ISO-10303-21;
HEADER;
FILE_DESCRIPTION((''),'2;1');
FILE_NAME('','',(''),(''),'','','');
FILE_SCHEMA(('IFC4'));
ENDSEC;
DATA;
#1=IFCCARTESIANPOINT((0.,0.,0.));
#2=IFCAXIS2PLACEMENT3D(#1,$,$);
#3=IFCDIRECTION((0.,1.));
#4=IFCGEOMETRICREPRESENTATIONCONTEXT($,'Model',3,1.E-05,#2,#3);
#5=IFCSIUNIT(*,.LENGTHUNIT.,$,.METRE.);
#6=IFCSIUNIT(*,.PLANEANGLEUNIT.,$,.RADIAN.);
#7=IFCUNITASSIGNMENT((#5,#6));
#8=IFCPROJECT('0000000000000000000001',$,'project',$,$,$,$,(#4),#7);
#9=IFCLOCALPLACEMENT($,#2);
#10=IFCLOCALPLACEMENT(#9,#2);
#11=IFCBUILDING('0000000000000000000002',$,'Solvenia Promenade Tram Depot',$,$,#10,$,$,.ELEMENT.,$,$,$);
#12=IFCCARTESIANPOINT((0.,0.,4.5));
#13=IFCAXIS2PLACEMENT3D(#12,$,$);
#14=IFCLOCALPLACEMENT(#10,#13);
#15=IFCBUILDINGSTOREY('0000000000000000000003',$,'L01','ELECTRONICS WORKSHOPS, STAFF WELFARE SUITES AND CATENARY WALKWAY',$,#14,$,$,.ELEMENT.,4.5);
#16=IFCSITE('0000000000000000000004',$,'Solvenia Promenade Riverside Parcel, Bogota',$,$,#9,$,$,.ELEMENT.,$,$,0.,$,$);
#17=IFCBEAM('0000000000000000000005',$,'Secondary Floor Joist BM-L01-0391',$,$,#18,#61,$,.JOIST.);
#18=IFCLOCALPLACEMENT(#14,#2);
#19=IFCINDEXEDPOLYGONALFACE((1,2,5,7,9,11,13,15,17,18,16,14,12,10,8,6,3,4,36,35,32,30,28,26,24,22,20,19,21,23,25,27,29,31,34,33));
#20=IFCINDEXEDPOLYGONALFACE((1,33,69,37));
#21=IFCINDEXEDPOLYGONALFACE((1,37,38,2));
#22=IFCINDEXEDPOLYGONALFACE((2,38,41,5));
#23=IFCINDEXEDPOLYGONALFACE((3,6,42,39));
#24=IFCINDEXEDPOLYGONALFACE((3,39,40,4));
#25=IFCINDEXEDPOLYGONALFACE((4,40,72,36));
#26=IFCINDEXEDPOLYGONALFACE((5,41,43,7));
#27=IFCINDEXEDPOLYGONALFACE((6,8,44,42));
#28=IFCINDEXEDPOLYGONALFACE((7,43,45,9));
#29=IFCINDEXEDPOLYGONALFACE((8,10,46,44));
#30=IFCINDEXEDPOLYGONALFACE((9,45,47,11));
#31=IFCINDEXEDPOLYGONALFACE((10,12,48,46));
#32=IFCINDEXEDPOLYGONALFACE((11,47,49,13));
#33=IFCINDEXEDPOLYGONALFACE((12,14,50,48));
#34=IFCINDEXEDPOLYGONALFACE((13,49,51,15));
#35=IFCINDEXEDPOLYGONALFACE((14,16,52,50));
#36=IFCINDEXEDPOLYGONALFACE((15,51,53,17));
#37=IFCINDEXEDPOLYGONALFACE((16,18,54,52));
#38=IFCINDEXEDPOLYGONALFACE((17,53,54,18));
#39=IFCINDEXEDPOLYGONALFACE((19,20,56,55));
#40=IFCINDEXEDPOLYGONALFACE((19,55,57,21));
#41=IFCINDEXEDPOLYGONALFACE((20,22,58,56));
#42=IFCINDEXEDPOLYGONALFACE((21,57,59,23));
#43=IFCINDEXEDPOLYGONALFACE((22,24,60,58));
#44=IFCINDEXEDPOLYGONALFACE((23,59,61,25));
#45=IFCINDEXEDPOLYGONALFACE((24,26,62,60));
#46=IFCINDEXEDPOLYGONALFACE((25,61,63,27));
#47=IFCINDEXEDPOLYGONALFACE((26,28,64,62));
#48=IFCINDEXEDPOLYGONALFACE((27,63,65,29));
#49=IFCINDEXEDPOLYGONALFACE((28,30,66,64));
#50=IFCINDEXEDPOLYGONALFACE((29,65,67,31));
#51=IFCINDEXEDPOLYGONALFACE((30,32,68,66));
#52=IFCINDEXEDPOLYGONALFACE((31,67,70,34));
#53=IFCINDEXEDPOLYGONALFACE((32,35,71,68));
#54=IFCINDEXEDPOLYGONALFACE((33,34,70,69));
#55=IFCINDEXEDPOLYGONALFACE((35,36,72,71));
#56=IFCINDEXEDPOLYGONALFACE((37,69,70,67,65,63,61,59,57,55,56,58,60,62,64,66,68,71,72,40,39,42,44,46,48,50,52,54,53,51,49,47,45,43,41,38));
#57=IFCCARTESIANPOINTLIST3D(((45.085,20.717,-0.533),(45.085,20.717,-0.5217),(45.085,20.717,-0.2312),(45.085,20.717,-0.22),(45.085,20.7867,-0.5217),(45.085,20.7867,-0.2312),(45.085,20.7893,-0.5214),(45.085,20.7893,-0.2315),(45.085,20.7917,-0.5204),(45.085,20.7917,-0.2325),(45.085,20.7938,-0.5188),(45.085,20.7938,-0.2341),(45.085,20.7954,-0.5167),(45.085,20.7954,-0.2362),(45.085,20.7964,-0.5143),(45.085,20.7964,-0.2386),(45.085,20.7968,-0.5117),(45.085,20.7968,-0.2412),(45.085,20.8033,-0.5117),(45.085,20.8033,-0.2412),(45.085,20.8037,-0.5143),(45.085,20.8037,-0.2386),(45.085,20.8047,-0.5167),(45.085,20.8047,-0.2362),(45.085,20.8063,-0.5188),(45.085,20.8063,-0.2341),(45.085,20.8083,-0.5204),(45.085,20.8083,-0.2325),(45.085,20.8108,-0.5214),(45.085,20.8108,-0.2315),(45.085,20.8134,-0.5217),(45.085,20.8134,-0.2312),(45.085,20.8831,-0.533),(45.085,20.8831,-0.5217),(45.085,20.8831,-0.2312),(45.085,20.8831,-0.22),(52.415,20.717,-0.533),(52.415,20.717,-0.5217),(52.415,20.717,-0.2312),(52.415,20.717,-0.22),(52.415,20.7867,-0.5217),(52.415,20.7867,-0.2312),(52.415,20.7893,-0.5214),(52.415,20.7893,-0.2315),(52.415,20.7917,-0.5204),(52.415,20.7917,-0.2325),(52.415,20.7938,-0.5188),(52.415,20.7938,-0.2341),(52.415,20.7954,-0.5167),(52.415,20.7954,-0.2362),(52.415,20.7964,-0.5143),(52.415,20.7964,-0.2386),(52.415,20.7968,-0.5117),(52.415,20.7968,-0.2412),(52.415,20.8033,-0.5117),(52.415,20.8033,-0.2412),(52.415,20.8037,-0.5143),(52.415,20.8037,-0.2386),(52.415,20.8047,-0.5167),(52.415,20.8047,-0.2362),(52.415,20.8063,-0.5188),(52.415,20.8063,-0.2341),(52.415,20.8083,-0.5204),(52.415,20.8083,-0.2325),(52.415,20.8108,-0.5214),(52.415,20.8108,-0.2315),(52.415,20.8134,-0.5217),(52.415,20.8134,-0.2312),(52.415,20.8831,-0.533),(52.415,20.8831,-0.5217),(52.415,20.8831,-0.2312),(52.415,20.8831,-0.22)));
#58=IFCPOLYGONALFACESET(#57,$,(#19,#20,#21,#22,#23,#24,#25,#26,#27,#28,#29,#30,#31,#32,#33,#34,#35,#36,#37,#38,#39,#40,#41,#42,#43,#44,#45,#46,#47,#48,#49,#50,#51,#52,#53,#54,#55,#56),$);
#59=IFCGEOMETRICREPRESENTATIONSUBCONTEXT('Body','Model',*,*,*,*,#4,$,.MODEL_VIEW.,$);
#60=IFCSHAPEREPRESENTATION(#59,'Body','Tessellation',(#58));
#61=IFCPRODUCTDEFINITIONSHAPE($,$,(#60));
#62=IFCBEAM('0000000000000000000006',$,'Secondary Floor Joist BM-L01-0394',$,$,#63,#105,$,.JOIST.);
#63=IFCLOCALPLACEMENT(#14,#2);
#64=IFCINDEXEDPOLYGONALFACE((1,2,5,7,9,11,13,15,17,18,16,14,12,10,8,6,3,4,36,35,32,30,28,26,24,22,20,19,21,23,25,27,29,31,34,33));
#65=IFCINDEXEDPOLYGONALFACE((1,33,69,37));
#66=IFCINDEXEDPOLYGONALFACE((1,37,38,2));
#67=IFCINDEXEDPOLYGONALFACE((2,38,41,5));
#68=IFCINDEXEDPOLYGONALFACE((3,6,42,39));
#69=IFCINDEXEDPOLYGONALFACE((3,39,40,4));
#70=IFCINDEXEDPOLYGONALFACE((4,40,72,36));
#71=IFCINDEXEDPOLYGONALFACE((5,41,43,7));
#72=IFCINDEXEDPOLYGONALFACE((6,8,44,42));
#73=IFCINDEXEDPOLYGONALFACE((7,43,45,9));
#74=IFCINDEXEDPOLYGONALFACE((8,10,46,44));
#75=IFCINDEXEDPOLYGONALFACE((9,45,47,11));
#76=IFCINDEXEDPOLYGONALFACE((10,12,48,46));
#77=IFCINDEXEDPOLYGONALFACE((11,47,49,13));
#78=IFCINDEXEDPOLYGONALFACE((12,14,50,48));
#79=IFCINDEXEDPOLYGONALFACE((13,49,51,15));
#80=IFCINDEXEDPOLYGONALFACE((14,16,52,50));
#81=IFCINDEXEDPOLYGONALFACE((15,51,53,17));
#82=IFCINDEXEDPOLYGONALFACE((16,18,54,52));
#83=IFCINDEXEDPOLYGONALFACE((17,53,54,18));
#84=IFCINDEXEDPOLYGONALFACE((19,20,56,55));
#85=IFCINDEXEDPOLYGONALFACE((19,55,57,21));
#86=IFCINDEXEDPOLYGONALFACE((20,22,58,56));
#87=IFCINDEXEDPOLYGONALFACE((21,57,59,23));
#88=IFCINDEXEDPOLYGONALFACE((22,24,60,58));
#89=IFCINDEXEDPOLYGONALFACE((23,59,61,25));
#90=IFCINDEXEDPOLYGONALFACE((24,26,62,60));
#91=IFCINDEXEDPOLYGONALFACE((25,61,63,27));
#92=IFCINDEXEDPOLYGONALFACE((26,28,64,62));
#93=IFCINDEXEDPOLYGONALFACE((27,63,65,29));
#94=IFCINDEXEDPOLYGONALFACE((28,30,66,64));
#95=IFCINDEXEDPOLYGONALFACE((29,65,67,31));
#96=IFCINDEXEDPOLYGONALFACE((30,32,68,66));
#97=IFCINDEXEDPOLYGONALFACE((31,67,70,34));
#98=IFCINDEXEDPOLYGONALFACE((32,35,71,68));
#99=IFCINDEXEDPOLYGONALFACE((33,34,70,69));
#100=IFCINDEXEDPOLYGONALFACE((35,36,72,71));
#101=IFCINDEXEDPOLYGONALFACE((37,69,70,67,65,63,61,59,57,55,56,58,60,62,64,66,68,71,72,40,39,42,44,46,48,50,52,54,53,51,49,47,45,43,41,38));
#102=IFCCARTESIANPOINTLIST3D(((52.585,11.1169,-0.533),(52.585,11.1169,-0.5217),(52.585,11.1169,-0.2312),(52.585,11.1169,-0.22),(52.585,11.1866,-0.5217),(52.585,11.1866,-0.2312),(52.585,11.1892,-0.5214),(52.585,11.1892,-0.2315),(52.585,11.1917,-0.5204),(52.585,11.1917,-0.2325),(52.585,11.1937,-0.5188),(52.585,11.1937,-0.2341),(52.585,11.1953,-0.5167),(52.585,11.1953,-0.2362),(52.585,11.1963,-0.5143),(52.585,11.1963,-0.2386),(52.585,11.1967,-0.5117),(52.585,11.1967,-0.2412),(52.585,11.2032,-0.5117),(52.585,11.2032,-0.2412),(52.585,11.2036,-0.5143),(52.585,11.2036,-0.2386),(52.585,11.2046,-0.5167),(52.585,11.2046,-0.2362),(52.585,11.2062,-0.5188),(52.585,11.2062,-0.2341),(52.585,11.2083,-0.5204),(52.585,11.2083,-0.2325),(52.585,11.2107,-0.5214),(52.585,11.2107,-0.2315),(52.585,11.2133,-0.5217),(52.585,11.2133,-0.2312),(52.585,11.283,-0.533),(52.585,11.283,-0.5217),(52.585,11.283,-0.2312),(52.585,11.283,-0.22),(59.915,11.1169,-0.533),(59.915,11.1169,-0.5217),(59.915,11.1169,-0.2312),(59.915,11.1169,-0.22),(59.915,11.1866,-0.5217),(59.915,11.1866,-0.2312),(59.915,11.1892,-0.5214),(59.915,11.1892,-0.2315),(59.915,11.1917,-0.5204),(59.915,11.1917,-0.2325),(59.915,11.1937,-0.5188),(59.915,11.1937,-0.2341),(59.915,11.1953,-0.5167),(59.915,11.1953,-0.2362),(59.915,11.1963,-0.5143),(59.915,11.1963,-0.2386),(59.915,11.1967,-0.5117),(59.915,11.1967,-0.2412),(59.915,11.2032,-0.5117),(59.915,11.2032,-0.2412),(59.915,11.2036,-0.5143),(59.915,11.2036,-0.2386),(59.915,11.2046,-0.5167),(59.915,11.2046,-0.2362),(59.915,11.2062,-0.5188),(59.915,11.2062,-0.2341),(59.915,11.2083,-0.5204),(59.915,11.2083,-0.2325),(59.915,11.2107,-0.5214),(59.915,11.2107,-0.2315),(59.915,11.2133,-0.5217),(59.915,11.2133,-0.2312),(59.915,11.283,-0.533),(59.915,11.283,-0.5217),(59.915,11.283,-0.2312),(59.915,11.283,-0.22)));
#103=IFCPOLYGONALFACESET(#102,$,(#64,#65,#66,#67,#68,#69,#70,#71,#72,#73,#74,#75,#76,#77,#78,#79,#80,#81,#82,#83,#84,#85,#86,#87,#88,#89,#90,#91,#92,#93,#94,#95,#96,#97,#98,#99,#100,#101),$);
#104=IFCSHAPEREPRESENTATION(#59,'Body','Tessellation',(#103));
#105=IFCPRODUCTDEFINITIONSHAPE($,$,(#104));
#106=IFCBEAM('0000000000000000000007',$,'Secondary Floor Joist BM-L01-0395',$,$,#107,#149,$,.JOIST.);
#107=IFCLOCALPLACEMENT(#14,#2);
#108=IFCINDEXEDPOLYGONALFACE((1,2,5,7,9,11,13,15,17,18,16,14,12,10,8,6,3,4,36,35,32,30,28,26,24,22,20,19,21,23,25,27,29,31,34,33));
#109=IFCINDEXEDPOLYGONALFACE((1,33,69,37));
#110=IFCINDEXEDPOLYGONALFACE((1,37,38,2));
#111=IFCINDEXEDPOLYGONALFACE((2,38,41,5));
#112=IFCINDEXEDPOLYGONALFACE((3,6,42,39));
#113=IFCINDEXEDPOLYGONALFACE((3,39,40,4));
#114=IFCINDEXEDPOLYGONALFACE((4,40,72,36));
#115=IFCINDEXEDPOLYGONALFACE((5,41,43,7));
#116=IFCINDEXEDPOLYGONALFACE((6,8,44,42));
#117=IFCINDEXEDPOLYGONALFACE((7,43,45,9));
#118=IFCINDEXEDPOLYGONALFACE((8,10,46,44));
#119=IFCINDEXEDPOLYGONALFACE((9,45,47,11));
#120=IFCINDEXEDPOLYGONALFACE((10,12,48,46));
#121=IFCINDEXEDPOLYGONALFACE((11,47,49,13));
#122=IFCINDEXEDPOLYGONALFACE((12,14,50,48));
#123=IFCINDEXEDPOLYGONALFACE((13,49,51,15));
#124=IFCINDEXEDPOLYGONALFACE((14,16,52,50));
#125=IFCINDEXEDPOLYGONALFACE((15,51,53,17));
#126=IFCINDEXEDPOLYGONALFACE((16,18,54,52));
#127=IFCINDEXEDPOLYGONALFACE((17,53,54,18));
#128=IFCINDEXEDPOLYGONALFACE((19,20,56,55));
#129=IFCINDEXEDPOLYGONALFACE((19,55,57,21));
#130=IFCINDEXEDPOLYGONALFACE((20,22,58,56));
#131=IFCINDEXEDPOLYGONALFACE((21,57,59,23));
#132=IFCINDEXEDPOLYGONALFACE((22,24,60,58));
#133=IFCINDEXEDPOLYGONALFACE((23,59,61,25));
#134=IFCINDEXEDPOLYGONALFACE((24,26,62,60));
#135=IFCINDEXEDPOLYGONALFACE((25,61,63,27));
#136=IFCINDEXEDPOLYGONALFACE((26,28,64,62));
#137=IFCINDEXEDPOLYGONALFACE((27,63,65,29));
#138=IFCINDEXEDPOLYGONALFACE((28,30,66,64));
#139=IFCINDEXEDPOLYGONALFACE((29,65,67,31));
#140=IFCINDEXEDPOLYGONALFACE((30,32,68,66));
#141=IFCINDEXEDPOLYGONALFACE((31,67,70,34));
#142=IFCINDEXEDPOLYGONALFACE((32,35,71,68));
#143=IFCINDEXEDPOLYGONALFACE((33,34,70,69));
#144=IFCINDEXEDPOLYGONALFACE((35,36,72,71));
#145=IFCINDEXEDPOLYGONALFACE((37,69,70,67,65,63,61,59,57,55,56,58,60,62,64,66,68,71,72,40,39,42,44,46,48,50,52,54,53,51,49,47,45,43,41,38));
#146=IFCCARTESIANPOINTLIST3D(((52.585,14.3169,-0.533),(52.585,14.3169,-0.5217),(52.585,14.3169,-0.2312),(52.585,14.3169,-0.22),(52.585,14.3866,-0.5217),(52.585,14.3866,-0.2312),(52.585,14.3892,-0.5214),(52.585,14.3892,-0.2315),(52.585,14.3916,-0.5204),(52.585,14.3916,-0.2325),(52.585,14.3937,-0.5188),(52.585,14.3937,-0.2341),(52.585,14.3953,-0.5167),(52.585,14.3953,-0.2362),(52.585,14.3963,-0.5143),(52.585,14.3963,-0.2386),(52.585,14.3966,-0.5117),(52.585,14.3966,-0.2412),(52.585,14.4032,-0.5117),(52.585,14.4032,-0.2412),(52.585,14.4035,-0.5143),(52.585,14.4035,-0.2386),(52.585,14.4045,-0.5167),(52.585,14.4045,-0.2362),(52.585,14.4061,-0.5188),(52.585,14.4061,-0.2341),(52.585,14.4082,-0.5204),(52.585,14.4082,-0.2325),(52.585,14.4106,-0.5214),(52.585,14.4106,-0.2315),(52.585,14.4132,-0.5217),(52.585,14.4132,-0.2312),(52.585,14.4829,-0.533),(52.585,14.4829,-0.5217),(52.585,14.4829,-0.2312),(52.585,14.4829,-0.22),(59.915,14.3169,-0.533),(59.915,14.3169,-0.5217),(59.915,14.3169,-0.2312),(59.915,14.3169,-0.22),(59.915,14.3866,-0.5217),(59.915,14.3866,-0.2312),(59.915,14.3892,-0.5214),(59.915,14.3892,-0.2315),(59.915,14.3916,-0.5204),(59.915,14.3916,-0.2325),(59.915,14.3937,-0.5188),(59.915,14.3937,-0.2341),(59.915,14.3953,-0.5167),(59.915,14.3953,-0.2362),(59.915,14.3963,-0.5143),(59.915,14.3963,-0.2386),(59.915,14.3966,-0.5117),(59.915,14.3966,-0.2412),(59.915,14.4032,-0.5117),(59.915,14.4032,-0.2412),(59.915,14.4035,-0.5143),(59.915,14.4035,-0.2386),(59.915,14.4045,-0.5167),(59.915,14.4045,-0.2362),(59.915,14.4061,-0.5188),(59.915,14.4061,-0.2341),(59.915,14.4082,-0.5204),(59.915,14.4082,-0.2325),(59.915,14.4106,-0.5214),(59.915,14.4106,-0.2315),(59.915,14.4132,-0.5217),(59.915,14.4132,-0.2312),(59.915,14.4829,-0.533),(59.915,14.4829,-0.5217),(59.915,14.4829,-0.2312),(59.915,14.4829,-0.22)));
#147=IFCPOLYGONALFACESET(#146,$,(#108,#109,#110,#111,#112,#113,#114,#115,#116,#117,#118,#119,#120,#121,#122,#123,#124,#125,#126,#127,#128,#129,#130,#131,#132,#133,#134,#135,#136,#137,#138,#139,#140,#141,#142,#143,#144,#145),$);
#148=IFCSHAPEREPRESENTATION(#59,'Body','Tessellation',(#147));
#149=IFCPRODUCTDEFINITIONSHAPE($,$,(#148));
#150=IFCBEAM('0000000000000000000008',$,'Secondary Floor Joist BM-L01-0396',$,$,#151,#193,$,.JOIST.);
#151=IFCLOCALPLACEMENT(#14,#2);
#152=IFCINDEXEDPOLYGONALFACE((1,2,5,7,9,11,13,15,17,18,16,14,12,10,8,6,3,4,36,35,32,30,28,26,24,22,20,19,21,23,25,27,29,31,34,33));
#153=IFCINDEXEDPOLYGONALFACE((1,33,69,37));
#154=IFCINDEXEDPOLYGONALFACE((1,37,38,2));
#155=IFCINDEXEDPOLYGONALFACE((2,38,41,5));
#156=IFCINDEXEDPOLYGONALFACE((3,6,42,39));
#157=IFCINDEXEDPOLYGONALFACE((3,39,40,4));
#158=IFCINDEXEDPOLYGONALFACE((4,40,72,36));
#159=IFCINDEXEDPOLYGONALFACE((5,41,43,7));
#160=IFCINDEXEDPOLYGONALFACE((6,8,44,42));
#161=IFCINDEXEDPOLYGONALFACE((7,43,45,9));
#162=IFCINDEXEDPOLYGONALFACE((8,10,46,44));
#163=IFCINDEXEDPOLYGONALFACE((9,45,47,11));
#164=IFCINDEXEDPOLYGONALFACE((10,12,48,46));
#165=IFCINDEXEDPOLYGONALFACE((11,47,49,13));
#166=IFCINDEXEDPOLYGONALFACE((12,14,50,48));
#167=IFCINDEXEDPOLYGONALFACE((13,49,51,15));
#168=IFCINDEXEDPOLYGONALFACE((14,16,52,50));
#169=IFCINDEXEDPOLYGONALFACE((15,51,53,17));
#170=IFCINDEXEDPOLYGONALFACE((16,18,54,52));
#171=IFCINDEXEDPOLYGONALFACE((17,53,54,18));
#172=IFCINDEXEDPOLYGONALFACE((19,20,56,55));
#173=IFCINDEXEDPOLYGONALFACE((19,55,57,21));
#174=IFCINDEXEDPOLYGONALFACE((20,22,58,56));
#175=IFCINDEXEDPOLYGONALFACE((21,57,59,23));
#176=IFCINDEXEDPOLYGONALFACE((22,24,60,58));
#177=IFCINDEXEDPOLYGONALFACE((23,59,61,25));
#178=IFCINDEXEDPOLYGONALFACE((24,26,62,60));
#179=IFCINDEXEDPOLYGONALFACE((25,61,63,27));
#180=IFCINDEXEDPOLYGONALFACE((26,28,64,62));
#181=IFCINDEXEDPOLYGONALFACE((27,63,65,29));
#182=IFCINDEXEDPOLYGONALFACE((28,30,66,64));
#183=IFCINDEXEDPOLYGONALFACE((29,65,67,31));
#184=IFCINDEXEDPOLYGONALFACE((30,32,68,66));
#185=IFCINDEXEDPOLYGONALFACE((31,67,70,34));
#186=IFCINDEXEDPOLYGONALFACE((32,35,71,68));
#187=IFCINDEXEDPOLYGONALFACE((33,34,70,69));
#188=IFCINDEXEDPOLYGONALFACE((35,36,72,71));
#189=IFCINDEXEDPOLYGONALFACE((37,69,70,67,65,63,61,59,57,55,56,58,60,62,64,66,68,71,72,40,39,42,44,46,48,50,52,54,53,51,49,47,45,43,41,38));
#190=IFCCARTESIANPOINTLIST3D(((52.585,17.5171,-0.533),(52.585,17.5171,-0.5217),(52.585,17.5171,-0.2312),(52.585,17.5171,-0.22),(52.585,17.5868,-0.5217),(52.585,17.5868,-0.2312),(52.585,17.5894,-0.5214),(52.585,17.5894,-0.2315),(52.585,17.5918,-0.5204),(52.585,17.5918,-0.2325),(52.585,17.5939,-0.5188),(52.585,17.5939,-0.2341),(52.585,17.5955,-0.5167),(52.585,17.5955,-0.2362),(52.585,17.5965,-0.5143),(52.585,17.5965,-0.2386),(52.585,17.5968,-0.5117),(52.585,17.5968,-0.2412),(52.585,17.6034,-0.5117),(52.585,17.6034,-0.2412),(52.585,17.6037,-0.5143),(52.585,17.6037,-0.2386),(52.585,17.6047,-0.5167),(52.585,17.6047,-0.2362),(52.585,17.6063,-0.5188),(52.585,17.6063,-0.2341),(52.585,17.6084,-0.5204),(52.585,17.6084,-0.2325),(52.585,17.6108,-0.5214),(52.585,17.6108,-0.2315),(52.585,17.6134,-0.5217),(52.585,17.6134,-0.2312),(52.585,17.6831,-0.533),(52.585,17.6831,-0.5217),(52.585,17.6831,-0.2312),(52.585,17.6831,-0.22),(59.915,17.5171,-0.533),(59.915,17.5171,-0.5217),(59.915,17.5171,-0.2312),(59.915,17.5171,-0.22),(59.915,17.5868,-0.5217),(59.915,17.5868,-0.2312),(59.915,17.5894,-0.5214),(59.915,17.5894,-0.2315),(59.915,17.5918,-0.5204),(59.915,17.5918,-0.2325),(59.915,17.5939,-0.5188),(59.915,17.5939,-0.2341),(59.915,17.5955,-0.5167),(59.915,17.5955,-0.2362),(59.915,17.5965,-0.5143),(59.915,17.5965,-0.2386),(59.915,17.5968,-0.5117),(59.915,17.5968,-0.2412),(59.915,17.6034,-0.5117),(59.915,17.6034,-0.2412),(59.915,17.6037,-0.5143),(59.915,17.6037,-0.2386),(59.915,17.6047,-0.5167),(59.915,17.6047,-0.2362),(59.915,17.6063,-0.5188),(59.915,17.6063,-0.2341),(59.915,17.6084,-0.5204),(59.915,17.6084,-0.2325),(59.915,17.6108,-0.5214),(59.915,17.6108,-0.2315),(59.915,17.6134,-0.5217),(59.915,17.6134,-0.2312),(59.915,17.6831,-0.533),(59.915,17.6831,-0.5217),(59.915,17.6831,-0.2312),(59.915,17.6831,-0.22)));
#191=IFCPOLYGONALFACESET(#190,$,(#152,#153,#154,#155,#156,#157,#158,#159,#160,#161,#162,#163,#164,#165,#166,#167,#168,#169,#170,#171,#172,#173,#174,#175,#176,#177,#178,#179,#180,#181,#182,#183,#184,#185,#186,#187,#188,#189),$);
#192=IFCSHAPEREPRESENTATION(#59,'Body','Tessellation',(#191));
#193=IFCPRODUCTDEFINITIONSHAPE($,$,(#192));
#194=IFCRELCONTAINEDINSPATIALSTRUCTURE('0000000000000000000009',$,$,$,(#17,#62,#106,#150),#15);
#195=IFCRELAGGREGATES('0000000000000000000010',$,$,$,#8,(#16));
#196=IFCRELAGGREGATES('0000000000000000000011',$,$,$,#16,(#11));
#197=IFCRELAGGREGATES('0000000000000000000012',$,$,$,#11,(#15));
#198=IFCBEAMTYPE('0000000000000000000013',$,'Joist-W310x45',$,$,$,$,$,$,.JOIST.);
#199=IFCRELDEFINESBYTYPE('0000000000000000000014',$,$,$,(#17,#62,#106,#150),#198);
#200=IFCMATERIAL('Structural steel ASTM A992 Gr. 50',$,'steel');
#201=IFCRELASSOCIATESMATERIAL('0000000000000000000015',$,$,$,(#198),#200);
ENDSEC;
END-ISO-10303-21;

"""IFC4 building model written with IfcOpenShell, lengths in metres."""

from ifc_helpers import new_model, si_unit, direction, frame, origin, origin_2d, place, context, subcontext, project, spatial, i_section, extrude, material, material_profile, profile_set, type_object, element, save


model = new_model("IFC4")

# Units and contexts
model_context = context("Model", 3, precision=1e-05, world=origin(), true_north=direction((0.0, 1.0)))
body_context = subcontext(model_context, "Body", "Model", "MODEL_VIEW")
ifc_project = project(units=[si_unit("LENGTHUNIT", "METRE"), si_unit("PLANEANGLEUNIT", "RADIAN")], contexts=[model_context])

# Site, building, storey
site_placement = place(None, origin())
site = spatial("IfcSite", under=ifc_project, at=site_placement, Name="Solvenia Promenade Riverside Parcel, Bogota", CompositionType="ELEMENT", RefElevation=0.0)
building_placement = place(site_placement, origin())
building = spatial("IfcBuilding", under=site, at=building_placement, Name="Solvenia Promenade Tram Depot", CompositionType="ELEMENT")
storey_placement = place(building_placement, frame((0.0, 0.0, 4.5)))
storey = spatial("IfcBuildingStorey", under=building, at=storey_placement, Name="L01", Description="ELECTRONICS WORKSHOPS, STAFF WELFARE SUITES AND CATENARY WALKWAY", CompositionType="ELEMENT", Elevation=4.5)

# Shared definitions
ifc_material_1 = material(Name="Structural steel ASTM A992 Gr. 50", Category="steel")

# Beams
ifc_material_profile_1 = material_profile(ifc_material_1, i_section(OverallWidth=0.166, OverallDepth=0.313, WebThickness=0.0066, FlangeThickness=0.0112, FilletRadius=0.01, at=origin_2d()), Name="W310x45", Category="steel")
ifc_profile_set_1 = profile_set([ifc_material_profile_1], Name="Structural steel ASTM A992 Gr. 50")
beam_type_1 = type_object("IfcBeamType", Name="Joist-W310x45", PredefinedType="JOIST", material=ifc_profile_set_1)
for number, where, z_axis, x_axis, name in (
    (1, (45.085, 20.8, -0.3765), (1.0, 0.0, 0.0), (0.0, 1.0, 0.0), "Secondary Floor Joist BM-L01-0391"),
    (2, (52.585, 11.2, -0.3765), (1.0, 0.0, 0.0), (0.0, 1.0, 0.0), "Secondary Floor Joist BM-L01-0394"),
    (3, (52.585, 14.3999, -0.3765), (1.0, 0.0, 0.0), (0.0, 1.0, 0.0), "Secondary Floor Joist BM-L01-0395"),
    (4, (52.585, 17.6001, -0.3765), (1.0, 0.0, 0.0), (0.0, 1.0, 0.0), "Secondary Floor Joist BM-L01-0396"),
):
    element("IfcBeam", number, at=place(storey_placement, frame(where, z_axis=z_axis, x_axis=x_axis)), inside=storey, type_object=beam_type_1, Name=name, PredefinedType="JOIST", context=body_context, shape_type="SweptSolid", body=[
        extrude(i_section(OverallWidth=0.166, OverallDepth=0.313, WebThickness=0.0066, FlangeThickness=0.0112, FilletRadius=0.01, at=origin_2d()), origin(), (0.0, 0.0, 1.0), 7.3301),
    ])

save(model, "model.ifc")
